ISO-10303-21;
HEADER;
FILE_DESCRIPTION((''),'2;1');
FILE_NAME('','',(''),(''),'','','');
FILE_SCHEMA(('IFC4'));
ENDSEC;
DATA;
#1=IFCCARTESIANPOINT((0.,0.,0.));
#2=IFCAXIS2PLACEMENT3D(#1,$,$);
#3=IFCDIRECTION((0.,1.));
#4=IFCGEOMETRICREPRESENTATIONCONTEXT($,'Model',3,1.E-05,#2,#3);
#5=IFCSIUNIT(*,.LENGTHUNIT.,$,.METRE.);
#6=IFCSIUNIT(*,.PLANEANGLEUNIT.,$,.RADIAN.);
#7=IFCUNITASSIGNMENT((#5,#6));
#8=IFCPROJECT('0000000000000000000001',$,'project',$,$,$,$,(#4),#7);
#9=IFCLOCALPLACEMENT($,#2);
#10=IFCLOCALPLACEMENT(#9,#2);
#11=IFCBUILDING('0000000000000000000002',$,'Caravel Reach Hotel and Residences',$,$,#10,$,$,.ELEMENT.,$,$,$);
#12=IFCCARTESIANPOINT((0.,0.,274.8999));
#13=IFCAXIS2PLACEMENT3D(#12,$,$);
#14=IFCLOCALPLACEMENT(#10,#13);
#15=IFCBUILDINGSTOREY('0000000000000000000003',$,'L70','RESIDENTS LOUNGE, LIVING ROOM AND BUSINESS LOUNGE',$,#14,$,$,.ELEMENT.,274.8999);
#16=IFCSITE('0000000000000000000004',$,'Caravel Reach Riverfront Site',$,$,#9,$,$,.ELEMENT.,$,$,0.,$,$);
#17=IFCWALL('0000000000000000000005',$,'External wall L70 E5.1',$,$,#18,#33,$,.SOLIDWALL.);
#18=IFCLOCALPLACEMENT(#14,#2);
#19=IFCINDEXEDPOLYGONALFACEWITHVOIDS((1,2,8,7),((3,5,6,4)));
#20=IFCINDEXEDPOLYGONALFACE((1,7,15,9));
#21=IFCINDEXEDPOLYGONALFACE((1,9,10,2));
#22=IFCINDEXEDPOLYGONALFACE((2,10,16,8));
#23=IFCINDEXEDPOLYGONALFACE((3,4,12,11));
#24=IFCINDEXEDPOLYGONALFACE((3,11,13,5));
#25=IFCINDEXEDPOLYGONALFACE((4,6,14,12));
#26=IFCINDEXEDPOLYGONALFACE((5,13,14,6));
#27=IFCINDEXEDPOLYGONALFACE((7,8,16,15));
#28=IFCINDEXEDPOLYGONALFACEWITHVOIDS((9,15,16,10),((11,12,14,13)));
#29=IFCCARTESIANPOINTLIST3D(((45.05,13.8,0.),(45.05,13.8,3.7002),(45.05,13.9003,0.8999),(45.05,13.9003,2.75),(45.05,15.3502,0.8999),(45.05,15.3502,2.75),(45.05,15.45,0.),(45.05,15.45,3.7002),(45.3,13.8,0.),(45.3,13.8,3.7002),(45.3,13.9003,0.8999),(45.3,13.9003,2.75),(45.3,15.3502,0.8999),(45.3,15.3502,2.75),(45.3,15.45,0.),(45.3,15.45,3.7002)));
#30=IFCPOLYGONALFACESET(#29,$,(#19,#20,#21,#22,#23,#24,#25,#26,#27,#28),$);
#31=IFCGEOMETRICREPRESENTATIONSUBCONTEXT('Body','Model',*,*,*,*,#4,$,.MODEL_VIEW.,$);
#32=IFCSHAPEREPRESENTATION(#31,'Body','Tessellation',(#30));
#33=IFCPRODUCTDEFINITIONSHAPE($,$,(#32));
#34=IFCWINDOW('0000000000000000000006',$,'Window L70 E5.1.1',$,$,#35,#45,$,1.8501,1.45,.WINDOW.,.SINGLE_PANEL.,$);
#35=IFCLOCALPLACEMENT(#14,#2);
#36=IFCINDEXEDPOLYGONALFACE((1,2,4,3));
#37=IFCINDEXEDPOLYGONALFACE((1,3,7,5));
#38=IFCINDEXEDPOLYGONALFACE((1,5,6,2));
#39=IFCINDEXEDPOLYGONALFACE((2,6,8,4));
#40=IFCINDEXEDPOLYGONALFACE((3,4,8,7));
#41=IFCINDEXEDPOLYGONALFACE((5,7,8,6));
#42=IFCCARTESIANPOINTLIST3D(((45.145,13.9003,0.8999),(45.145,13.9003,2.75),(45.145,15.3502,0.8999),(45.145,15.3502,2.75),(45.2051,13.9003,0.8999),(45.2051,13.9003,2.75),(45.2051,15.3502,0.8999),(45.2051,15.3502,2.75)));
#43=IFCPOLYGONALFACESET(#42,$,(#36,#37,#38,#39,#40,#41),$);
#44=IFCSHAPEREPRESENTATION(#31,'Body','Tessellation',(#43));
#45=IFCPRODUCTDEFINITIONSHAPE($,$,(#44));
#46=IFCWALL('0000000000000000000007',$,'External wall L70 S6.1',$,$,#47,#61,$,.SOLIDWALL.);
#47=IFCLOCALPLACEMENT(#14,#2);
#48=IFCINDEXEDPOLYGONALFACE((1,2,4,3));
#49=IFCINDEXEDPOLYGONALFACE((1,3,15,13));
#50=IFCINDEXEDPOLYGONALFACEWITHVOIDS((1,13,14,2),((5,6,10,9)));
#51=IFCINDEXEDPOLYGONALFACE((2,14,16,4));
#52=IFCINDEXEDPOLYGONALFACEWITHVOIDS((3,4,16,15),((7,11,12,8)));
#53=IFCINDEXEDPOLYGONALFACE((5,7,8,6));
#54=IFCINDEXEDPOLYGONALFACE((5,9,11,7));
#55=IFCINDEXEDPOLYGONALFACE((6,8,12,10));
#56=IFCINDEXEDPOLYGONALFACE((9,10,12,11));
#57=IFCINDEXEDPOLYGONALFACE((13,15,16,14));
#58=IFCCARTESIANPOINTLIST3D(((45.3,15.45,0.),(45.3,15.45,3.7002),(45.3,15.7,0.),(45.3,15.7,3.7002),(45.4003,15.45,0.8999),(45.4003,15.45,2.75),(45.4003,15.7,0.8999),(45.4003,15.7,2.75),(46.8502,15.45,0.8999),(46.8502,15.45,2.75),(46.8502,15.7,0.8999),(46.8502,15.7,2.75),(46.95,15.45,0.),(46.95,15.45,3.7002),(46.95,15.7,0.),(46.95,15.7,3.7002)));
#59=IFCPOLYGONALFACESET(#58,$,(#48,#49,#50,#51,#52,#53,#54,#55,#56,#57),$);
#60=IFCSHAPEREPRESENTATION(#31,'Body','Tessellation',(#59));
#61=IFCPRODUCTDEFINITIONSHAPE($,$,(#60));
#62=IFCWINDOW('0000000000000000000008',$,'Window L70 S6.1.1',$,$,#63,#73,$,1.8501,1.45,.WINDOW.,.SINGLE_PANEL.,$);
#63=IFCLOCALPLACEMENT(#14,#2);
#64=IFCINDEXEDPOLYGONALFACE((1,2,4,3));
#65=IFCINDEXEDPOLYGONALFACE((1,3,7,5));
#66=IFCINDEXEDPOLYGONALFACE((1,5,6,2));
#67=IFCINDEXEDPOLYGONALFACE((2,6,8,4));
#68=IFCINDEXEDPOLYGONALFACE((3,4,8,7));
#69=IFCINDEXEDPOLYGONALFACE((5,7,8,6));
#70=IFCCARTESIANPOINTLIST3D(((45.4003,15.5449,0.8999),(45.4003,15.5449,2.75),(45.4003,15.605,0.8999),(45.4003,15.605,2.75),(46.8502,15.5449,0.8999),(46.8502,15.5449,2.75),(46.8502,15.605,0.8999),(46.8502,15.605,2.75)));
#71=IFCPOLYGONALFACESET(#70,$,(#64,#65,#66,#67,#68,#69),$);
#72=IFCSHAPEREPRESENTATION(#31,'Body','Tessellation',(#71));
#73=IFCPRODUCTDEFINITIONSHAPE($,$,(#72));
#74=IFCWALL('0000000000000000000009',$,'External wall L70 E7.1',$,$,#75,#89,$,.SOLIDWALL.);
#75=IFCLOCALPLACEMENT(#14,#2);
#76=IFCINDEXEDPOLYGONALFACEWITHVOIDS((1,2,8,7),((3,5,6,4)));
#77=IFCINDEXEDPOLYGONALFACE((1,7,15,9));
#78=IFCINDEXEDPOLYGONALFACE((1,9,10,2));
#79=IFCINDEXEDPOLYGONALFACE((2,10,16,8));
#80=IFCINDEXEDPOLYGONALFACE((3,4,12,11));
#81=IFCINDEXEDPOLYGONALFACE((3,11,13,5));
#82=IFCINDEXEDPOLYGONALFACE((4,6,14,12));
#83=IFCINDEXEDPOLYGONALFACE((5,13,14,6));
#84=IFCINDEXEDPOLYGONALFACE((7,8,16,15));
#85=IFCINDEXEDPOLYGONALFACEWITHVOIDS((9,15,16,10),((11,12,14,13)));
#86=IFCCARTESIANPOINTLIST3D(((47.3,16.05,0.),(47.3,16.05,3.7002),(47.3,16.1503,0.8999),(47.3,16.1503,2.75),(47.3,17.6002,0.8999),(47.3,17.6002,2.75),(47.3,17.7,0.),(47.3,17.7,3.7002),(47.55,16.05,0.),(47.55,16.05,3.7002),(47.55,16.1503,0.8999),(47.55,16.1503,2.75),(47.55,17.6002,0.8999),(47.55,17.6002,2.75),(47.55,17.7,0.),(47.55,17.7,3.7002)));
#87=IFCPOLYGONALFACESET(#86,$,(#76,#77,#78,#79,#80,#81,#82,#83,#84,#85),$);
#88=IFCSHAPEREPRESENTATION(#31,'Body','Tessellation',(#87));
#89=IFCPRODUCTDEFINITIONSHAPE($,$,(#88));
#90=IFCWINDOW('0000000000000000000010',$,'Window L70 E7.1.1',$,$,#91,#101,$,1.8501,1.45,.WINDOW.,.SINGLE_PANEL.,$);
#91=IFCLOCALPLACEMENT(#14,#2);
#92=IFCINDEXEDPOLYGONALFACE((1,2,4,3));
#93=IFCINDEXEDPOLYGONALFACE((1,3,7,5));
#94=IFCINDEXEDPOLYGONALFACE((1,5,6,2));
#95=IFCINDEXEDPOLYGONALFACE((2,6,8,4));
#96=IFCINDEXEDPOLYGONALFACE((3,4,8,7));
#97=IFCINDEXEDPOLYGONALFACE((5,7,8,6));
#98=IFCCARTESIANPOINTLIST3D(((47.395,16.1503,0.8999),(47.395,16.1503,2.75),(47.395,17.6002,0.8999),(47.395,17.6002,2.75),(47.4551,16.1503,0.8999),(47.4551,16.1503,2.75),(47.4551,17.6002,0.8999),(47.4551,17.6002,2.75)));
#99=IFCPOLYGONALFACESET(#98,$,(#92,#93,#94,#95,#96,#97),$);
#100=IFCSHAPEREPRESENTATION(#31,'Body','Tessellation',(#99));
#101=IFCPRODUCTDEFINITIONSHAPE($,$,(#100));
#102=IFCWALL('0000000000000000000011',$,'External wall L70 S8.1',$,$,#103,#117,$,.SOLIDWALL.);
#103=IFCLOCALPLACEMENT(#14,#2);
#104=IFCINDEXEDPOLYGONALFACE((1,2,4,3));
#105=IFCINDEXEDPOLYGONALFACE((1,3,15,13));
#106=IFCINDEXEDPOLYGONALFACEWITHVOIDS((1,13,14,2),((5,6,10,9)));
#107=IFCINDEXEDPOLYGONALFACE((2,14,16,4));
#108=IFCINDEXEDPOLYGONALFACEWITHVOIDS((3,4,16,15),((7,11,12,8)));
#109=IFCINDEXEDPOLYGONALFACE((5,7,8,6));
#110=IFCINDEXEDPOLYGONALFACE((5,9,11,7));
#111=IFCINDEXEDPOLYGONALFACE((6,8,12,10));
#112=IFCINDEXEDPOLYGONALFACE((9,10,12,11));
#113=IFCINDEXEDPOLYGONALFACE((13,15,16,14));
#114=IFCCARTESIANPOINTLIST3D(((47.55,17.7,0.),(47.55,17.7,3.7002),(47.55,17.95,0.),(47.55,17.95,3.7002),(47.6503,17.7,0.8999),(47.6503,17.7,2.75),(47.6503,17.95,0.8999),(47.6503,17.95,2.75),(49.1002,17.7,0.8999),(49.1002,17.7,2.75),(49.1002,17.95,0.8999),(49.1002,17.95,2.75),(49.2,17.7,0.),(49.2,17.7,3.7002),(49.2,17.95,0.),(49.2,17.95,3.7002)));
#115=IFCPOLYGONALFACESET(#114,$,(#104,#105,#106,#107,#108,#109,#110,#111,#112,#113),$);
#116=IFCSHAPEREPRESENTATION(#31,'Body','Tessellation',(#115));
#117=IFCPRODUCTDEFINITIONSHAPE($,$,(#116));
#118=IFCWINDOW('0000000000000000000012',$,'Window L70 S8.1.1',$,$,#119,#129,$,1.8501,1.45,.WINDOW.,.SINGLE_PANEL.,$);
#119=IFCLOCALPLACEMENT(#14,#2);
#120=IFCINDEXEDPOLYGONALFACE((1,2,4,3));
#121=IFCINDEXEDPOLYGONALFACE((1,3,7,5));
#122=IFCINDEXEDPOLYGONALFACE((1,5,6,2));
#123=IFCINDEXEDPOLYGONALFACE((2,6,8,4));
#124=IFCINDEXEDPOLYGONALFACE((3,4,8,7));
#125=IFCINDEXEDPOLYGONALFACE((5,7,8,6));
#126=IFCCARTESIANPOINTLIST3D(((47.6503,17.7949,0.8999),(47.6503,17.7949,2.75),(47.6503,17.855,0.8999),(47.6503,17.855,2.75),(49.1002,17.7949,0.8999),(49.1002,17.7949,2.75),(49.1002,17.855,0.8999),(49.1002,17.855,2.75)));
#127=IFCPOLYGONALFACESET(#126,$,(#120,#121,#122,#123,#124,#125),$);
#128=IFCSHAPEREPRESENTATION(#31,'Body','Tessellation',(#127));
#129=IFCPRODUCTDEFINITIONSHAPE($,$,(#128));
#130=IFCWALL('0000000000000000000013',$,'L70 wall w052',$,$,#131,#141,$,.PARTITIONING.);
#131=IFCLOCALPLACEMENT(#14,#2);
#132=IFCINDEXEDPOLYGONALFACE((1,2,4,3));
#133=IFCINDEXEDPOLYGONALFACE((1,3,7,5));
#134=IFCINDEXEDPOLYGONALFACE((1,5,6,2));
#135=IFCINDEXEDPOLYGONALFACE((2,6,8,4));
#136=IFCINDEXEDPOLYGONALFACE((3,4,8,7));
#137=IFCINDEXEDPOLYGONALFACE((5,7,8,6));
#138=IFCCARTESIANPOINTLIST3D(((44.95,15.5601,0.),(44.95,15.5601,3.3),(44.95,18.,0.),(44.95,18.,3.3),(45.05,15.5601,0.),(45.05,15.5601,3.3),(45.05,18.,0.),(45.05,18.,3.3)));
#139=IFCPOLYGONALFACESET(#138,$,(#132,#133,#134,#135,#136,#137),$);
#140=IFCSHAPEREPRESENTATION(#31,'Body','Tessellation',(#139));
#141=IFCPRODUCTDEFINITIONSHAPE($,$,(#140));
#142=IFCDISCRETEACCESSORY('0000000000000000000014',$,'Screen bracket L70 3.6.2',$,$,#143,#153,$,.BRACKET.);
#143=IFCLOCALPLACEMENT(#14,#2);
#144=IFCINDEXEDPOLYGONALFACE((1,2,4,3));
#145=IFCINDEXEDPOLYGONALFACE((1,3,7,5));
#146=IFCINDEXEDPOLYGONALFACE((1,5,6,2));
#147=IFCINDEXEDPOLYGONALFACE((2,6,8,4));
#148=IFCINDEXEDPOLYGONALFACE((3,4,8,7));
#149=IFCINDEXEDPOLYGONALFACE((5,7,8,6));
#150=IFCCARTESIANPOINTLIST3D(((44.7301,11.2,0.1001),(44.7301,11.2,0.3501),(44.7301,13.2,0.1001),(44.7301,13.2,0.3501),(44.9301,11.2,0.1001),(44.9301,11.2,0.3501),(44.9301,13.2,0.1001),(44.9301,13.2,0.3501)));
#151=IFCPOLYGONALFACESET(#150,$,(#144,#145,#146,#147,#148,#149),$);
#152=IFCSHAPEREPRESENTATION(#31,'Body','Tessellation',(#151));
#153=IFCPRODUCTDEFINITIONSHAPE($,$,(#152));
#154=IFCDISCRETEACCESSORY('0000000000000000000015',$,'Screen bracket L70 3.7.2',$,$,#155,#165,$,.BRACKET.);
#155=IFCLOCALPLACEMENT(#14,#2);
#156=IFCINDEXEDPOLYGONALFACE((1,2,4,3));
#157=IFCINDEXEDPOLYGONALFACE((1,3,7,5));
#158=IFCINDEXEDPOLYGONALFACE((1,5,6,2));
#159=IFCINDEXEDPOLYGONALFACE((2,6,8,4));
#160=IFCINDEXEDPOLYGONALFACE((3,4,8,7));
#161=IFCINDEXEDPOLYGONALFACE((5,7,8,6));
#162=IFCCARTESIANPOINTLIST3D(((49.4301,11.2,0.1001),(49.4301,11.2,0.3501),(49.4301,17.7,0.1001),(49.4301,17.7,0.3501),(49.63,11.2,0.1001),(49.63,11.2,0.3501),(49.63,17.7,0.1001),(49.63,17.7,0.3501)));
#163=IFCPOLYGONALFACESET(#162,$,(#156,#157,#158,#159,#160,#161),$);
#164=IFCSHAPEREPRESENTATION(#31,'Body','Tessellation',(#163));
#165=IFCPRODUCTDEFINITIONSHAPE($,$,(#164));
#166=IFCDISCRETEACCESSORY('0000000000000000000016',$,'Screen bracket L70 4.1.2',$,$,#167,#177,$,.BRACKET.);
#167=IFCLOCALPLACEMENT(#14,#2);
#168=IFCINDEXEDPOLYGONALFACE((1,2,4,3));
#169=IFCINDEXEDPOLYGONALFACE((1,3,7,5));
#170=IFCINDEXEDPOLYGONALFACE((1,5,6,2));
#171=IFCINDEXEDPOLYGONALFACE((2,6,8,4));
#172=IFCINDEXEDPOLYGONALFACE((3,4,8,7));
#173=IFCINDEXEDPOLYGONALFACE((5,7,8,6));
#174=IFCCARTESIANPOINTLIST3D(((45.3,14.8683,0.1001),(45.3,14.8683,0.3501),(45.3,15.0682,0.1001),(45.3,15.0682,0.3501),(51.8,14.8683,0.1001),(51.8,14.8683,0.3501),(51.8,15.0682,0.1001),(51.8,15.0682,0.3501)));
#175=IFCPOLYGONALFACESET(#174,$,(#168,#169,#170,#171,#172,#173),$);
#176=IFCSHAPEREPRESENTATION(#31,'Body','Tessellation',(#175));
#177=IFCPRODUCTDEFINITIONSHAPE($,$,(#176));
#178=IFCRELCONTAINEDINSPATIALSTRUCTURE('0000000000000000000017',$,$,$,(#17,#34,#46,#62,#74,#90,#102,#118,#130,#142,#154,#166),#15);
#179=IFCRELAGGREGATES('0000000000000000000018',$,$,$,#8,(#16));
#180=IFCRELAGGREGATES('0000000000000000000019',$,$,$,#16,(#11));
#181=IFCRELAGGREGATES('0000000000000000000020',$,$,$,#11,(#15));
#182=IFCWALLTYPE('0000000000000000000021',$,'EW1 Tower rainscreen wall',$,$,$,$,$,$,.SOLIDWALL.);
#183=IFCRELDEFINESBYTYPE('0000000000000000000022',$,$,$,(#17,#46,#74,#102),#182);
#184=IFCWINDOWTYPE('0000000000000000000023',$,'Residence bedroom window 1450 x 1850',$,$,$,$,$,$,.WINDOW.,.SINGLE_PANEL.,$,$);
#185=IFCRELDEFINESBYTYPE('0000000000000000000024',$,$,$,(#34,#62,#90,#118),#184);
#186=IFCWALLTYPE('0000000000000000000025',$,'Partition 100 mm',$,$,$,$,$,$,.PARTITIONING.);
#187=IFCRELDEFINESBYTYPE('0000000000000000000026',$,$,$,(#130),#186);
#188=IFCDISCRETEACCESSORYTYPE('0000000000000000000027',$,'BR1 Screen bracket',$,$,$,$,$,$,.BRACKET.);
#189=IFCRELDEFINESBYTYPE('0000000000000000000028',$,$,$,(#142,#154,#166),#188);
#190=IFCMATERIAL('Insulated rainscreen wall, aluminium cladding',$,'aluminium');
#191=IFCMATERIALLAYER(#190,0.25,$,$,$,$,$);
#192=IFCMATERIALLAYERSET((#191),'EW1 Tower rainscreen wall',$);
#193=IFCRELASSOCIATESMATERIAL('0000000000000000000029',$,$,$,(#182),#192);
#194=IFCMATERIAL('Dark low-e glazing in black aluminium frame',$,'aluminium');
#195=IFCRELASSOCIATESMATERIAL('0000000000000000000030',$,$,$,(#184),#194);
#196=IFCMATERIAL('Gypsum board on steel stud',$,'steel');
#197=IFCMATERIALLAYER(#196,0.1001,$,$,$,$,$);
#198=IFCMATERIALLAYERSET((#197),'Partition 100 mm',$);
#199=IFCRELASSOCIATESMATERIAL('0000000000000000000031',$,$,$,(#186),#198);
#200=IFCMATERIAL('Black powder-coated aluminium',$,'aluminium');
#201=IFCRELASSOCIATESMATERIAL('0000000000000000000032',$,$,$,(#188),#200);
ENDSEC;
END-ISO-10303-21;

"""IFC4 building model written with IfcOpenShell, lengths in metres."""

from ifc_helpers import new_model, si_unit, direction, frame, frame_2d, origin, origin_2d, place, context, subcontext, project, spatial, rectangle, extrude, material, layer, layer_set, type_object, element, fill, save


model = new_model("IFC4")

# Units and contexts
model_context = context("Model", 3, precision=1e-05, world=origin(), true_north=direction((0.0, 1.0)))
body_context = subcontext(model_context, "Body", "Model", "MODEL_VIEW")
ifc_project = project(units=[si_unit("LENGTHUNIT", "METRE"), si_unit("PLANEANGLEUNIT", "RADIAN")], contexts=[model_context])

# Site, building, storey
site_placement = place(None, origin())
site = spatial("IfcSite", under=ifc_project, at=site_placement, Name="Caravel Reach Riverfront Site", CompositionType="ELEMENT", RefElevation=0.0)
building_placement = place(site_placement, origin())
building = spatial("IfcBuilding", under=site, at=building_placement, Name="Caravel Reach Hotel and Residences", CompositionType="ELEMENT")
storey_placement = place(building_placement, frame((0.0, 0.0, 274.8999)))
storey = spatial("IfcBuildingStorey", under=building, at=storey_placement, Name="L70", Description="RESIDENTS LOUNGE, LIVING ROOM AND BUSINESS LOUNGE", CompositionType="ELEMENT", Elevation=274.8999)

# Walls, openings, windows
ifc_material_1 = material(Name="Insulated rainscreen wall, aluminium cladding", Category="aluminium")
ifc_layer_1 = layer(ifc_material_1, 0.25)
ifc_layer_set_1 = layer_set([ifc_layer_1], Name="EW1 Tower rainscreen wall")
wall_type_1 = type_object("IfcWallType", Name="EW1 Tower rainscreen wall", PredefinedType="SOLIDWALL", material=ifc_layer_set_1)
wall_1_placement = place(storey_placement, frame((45.175, 13.8, 0.0), z_axis=(0.0, 0.0, 1.0), x_axis=(0.0, 1.0, 0.0)))
wall_1 = element("IfcWall", 1, at=wall_1_placement, inside=storey, type_object=wall_type_1, Name="External wall L70 E5.1", PredefinedType="SOLIDWALL", context=body_context, shape_type="SweptSolid", body=[
    extrude(rectangle(XDim=1.6499, YDim=0.25, at=frame_2d((0.825, 0.0))), origin(), (0.0, 0.0, 1.0), 3.7002),
])
opening_1_placement = place(wall_1_placement, frame((0.1001, 0.0, 0.8999)))
opening_1 = element("IfcOpeningElement", 2, at=opening_1_placement, cuts=wall_1, PredefinedType="OPENING", context=body_context, shape_type="SweptSolid", body=[
    extrude(rectangle(XDim=1.45, YDim=1.8501, at=frame_2d((0.7251, 0.925))), frame((0.0, 0.135, 0.0), z_axis=(0.0, -1.0, 0.0), x_axis=(1.0, 0.0, 0.0)), (0.0, 0.0, 1.0), 0.27),
])
ifc_material_2 = material(Name="Dark low-e glazing in black aluminium frame", Category="aluminium")
window_type = type_object("IfcWindowType", Name="Residence bedroom window 1450 x 1850", PartitioningType="SINGLE_PANEL", PredefinedType="WINDOW", material=ifc_material_2)
window_1_placement = place(opening_1_placement, origin())
window_1 = element("IfcWindow", 3, at=window_1_placement, inside=storey, type_object=window_type, Name="Window L70 E5.1.1", OverallHeight=1.8501, OverallWidth=1.45, PartitioningType="SINGLE_PANEL", PredefinedType="WINDOW", context=body_context, shape_type="SweptSolid", body=[
    extrude(rectangle(XDim=1.45, YDim=1.8501, at=frame_2d((0.7251, 0.925))), frame((0.0, 0.03, 0.0), z_axis=(0.0, -1.0, 0.0), x_axis=(1.0, 0.0, 0.0)), (0.0, 0.0, 1.0), 0.0601),
])
fill(opening_1, window_1)
wall_2_placement = place(storey_placement, frame((45.3, 15.575, 0.0), z_axis=(0.0, 0.0, 1.0), x_axis=(1.0, 0.0, 0.0)))
wall_2 = element("IfcWall", 4, at=wall_2_placement, inside=storey, type_object=wall_type_1, Name="External wall L70 S6.1", PredefinedType="SOLIDWALL", context=body_context, shape_type="SweptSolid", body=[
    extrude(rectangle(XDim=1.6499, YDim=0.25, at=frame_2d((0.825, 0.0))), origin(), (0.0, 0.0, 1.0), 3.7002),
])
opening_2_placement = place(wall_2_placement, frame((0.1001, 0.0, 0.8999)))
opening_2 = element("IfcOpeningElement", 5, at=opening_2_placement, cuts=wall_2, PredefinedType="OPENING", context=body_context, shape_type="SweptSolid", body=[
    extrude(rectangle(XDim=1.45, YDim=1.8501, at=frame_2d((0.7251, 0.925))), frame((0.0, 0.135, 0.0), z_axis=(0.0, -1.0, 0.0), x_axis=(1.0, 0.0, 0.0)), (0.0, 0.0, 1.0), 0.27),
])
window_2_placement = place(opening_2_placement, origin())
window_2 = element("IfcWindow", 6, at=window_2_placement, inside=storey, type_object=window_type, Name="Window L70 S6.1.1", OverallHeight=1.8501, OverallWidth=1.45, PartitioningType="SINGLE_PANEL", PredefinedType="WINDOW", context=body_context, shape_type="SweptSolid", body=[
    extrude(rectangle(XDim=1.45, YDim=1.8501, at=frame_2d((0.7251, 0.925))), frame((0.0, 0.03, 0.0), z_axis=(0.0, -1.0, 0.0), x_axis=(1.0, 0.0, 0.0)), (0.0, 0.0, 1.0), 0.0601),
])
fill(opening_2, window_2)
wall_3_placement = place(storey_placement, frame((47.425, 16.05, 0.0), z_axis=(0.0, 0.0, 1.0), x_axis=(0.0, 1.0, 0.0)))
wall_3 = element("IfcWall", 7, at=wall_3_placement, inside=storey, type_object=wall_type_1, Name="External wall L70 E7.1", PredefinedType="SOLIDWALL", context=body_context, shape_type="SweptSolid", body=[
    extrude(rectangle(XDim=1.6499, YDim=0.25, at=frame_2d((0.825, 0.0))), origin(), (0.0, 0.0, 1.0), 3.7002),
])
opening_3_placement = place(wall_3_placement, frame((0.1001, 0.0, 0.8999)))
opening_3 = element("IfcOpeningElement", 8, at=opening_3_placement, cuts=wall_3, PredefinedType="OPENING", context=body_context, shape_type="SweptSolid", body=[
    extrude(rectangle(XDim=1.45, YDim=1.8501, at=frame_2d((0.7251, 0.925))), frame((0.0, 0.135, 0.0), z_axis=(0.0, -1.0, 0.0), x_axis=(1.0, 0.0, 0.0)), (0.0, 0.0, 1.0), 0.27),
])
window_3_placement = place(opening_3_placement, origin())
window_3 = element("IfcWindow", 9, at=window_3_placement, inside=storey, type_object=window_type, Name="Window L70 E7.1.1", OverallHeight=1.8501, OverallWidth=1.45, PartitioningType="SINGLE_PANEL", PredefinedType="WINDOW", context=body_context, shape_type="SweptSolid", body=[
    extrude(rectangle(XDim=1.45, YDim=1.8501, at=frame_2d((0.7251, 0.925))), frame((0.0, 0.03, 0.0), z_axis=(0.0, -1.0, 0.0), x_axis=(1.0, 0.0, 0.0)), (0.0, 0.0, 1.0), 0.0601),
])
fill(opening_3, window_3)
wall_4_placement = place(storey_placement, frame((47.55, 17.825, 0.0), z_axis=(0.0, 0.0, 1.0), x_axis=(1.0, 0.0, 0.0)))
wall_4 = element("IfcWall", 10, at=wall_4_placement, inside=storey, type_object=wall_type_1, Name="External wall L70 S8.1", PredefinedType="SOLIDWALL", context=body_context, shape_type="SweptSolid", body=[
    extrude(rectangle(XDim=1.6499, YDim=0.25, at=frame_2d((0.825, 0.0))), origin(), (0.0, 0.0, 1.0), 3.7002),
])
opening_4_placement = place(wall_4_placement, frame((0.1001, 0.0, 0.8999)))
opening_4 = element("IfcOpeningElement", 11, at=opening_4_placement, cuts=wall_4, PredefinedType="OPENING", context=body_context, shape_type="SweptSolid", body=[
    extrude(rectangle(XDim=1.45, YDim=1.8501, at=frame_2d((0.7251, 0.925))), frame((0.0, 0.135, 0.0), z_axis=(0.0, -1.0, 0.0), x_axis=(1.0, 0.0, 0.0)), (0.0, 0.0, 1.0), 0.27),
])
window_4_placement = place(opening_4_placement, origin())
window_4 = element("IfcWindow", 12, at=window_4_placement, inside=storey, type_object=window_type, Name="Window L70 S8.1.1", OverallHeight=1.8501, OverallWidth=1.45, PartitioningType="SINGLE_PANEL", PredefinedType="WINDOW", context=body_context, shape_type="SweptSolid", body=[
    extrude(rectangle(XDim=1.45, YDim=1.8501, at=frame_2d((0.7251, 0.925))), frame((0.0, 0.03, 0.0), z_axis=(0.0, -1.0, 0.0), x_axis=(1.0, 0.0, 0.0)), (0.0, 0.0, 1.0), 0.0601),
])
fill(opening_4, window_4)

# Wall
ifc_material_3 = material(Name="Gypsum board on steel stud", Category="steel")
ifc_layer_2 = layer(ifc_material_3, 0.1001)
ifc_layer_set_2 = layer_set([ifc_layer_2], Name="Partition 100 mm")
wall_type_2 = type_object("IfcWallType", Name="Partition 100 mm", PredefinedType="PARTITIONING", material=ifc_layer_set_2)
wall_5_placement = place(storey_placement, frame((45.0, 15.5601, 0.0), z_axis=(0.0, 0.0, 1.0), x_axis=(0.0, 1.0, 0.0)))
element("IfcWall", 13, at=wall_5_placement, inside=storey, type_object=wall_type_2, Name="L70 wall w052", PredefinedType="PARTITIONING", context=body_context, shape_type="SweptSolid", body=[
    extrude(rectangle(XDim=2.4399, YDim=0.1001, at=frame_2d((1.22, 0.0))), origin(), (0.0, 0.0, 1.0), 3.3),
])

# Discrete accessories
ifc_material_4 = material(Name="Black powder-coated aluminium", Category="aluminium")
discrete_accessory_type = type_object("IfcDiscreteAccessoryType", Name="BR1 Screen bracket", PredefinedType="BRACKET", material=ifc_material_4)
discrete_accessory_placement = place(storey_placement, frame((44.8301, 12.2, 0.1001), z_axis=(0.0, 0.0, 1.0), x_axis=(0.0, -1.0, 0.0)))
element("IfcDiscreteAccessory", 14, at=discrete_accessory_placement, inside=storey, type_object=discrete_accessory_type, Name="Screen bracket L70 3.6.2", PredefinedType="BRACKET", context=body_context, shape_type="SweptSolid", body=[
    extrude(rectangle(XDim=2.0, YDim=0.2, at=origin_2d()), origin(), (0.0, 0.0, 1.0), 0.25),
])
for number, where, z_axis, x_axis, name in (
    (15, (49.53, 14.45, 0.1001), (0.0, 0.0, 1.0), (0.0, -1.0, 0.0), "Screen bracket L70 3.7.2"),
    (16, (48.55, 14.9683, 0.1001), (0.0, 0.0, 1.0), (1.0, 0.0, 0.0), "Screen bracket L70 4.1.2"),
):
    element("IfcDiscreteAccessory", number, at=place(storey_placement, frame(where, z_axis=z_axis, x_axis=x_axis)), inside=storey, type_object=discrete_accessory_type, Name=name, PredefinedType="BRACKET", context=body_context, shape_type="SweptSolid", body=[
        extrude(rectangle(XDim=6.5, YDim=0.2, at=origin_2d()), origin(), (0.0, 0.0, 1.0), 0.25),
    ])

save(model, "model.ifc")
